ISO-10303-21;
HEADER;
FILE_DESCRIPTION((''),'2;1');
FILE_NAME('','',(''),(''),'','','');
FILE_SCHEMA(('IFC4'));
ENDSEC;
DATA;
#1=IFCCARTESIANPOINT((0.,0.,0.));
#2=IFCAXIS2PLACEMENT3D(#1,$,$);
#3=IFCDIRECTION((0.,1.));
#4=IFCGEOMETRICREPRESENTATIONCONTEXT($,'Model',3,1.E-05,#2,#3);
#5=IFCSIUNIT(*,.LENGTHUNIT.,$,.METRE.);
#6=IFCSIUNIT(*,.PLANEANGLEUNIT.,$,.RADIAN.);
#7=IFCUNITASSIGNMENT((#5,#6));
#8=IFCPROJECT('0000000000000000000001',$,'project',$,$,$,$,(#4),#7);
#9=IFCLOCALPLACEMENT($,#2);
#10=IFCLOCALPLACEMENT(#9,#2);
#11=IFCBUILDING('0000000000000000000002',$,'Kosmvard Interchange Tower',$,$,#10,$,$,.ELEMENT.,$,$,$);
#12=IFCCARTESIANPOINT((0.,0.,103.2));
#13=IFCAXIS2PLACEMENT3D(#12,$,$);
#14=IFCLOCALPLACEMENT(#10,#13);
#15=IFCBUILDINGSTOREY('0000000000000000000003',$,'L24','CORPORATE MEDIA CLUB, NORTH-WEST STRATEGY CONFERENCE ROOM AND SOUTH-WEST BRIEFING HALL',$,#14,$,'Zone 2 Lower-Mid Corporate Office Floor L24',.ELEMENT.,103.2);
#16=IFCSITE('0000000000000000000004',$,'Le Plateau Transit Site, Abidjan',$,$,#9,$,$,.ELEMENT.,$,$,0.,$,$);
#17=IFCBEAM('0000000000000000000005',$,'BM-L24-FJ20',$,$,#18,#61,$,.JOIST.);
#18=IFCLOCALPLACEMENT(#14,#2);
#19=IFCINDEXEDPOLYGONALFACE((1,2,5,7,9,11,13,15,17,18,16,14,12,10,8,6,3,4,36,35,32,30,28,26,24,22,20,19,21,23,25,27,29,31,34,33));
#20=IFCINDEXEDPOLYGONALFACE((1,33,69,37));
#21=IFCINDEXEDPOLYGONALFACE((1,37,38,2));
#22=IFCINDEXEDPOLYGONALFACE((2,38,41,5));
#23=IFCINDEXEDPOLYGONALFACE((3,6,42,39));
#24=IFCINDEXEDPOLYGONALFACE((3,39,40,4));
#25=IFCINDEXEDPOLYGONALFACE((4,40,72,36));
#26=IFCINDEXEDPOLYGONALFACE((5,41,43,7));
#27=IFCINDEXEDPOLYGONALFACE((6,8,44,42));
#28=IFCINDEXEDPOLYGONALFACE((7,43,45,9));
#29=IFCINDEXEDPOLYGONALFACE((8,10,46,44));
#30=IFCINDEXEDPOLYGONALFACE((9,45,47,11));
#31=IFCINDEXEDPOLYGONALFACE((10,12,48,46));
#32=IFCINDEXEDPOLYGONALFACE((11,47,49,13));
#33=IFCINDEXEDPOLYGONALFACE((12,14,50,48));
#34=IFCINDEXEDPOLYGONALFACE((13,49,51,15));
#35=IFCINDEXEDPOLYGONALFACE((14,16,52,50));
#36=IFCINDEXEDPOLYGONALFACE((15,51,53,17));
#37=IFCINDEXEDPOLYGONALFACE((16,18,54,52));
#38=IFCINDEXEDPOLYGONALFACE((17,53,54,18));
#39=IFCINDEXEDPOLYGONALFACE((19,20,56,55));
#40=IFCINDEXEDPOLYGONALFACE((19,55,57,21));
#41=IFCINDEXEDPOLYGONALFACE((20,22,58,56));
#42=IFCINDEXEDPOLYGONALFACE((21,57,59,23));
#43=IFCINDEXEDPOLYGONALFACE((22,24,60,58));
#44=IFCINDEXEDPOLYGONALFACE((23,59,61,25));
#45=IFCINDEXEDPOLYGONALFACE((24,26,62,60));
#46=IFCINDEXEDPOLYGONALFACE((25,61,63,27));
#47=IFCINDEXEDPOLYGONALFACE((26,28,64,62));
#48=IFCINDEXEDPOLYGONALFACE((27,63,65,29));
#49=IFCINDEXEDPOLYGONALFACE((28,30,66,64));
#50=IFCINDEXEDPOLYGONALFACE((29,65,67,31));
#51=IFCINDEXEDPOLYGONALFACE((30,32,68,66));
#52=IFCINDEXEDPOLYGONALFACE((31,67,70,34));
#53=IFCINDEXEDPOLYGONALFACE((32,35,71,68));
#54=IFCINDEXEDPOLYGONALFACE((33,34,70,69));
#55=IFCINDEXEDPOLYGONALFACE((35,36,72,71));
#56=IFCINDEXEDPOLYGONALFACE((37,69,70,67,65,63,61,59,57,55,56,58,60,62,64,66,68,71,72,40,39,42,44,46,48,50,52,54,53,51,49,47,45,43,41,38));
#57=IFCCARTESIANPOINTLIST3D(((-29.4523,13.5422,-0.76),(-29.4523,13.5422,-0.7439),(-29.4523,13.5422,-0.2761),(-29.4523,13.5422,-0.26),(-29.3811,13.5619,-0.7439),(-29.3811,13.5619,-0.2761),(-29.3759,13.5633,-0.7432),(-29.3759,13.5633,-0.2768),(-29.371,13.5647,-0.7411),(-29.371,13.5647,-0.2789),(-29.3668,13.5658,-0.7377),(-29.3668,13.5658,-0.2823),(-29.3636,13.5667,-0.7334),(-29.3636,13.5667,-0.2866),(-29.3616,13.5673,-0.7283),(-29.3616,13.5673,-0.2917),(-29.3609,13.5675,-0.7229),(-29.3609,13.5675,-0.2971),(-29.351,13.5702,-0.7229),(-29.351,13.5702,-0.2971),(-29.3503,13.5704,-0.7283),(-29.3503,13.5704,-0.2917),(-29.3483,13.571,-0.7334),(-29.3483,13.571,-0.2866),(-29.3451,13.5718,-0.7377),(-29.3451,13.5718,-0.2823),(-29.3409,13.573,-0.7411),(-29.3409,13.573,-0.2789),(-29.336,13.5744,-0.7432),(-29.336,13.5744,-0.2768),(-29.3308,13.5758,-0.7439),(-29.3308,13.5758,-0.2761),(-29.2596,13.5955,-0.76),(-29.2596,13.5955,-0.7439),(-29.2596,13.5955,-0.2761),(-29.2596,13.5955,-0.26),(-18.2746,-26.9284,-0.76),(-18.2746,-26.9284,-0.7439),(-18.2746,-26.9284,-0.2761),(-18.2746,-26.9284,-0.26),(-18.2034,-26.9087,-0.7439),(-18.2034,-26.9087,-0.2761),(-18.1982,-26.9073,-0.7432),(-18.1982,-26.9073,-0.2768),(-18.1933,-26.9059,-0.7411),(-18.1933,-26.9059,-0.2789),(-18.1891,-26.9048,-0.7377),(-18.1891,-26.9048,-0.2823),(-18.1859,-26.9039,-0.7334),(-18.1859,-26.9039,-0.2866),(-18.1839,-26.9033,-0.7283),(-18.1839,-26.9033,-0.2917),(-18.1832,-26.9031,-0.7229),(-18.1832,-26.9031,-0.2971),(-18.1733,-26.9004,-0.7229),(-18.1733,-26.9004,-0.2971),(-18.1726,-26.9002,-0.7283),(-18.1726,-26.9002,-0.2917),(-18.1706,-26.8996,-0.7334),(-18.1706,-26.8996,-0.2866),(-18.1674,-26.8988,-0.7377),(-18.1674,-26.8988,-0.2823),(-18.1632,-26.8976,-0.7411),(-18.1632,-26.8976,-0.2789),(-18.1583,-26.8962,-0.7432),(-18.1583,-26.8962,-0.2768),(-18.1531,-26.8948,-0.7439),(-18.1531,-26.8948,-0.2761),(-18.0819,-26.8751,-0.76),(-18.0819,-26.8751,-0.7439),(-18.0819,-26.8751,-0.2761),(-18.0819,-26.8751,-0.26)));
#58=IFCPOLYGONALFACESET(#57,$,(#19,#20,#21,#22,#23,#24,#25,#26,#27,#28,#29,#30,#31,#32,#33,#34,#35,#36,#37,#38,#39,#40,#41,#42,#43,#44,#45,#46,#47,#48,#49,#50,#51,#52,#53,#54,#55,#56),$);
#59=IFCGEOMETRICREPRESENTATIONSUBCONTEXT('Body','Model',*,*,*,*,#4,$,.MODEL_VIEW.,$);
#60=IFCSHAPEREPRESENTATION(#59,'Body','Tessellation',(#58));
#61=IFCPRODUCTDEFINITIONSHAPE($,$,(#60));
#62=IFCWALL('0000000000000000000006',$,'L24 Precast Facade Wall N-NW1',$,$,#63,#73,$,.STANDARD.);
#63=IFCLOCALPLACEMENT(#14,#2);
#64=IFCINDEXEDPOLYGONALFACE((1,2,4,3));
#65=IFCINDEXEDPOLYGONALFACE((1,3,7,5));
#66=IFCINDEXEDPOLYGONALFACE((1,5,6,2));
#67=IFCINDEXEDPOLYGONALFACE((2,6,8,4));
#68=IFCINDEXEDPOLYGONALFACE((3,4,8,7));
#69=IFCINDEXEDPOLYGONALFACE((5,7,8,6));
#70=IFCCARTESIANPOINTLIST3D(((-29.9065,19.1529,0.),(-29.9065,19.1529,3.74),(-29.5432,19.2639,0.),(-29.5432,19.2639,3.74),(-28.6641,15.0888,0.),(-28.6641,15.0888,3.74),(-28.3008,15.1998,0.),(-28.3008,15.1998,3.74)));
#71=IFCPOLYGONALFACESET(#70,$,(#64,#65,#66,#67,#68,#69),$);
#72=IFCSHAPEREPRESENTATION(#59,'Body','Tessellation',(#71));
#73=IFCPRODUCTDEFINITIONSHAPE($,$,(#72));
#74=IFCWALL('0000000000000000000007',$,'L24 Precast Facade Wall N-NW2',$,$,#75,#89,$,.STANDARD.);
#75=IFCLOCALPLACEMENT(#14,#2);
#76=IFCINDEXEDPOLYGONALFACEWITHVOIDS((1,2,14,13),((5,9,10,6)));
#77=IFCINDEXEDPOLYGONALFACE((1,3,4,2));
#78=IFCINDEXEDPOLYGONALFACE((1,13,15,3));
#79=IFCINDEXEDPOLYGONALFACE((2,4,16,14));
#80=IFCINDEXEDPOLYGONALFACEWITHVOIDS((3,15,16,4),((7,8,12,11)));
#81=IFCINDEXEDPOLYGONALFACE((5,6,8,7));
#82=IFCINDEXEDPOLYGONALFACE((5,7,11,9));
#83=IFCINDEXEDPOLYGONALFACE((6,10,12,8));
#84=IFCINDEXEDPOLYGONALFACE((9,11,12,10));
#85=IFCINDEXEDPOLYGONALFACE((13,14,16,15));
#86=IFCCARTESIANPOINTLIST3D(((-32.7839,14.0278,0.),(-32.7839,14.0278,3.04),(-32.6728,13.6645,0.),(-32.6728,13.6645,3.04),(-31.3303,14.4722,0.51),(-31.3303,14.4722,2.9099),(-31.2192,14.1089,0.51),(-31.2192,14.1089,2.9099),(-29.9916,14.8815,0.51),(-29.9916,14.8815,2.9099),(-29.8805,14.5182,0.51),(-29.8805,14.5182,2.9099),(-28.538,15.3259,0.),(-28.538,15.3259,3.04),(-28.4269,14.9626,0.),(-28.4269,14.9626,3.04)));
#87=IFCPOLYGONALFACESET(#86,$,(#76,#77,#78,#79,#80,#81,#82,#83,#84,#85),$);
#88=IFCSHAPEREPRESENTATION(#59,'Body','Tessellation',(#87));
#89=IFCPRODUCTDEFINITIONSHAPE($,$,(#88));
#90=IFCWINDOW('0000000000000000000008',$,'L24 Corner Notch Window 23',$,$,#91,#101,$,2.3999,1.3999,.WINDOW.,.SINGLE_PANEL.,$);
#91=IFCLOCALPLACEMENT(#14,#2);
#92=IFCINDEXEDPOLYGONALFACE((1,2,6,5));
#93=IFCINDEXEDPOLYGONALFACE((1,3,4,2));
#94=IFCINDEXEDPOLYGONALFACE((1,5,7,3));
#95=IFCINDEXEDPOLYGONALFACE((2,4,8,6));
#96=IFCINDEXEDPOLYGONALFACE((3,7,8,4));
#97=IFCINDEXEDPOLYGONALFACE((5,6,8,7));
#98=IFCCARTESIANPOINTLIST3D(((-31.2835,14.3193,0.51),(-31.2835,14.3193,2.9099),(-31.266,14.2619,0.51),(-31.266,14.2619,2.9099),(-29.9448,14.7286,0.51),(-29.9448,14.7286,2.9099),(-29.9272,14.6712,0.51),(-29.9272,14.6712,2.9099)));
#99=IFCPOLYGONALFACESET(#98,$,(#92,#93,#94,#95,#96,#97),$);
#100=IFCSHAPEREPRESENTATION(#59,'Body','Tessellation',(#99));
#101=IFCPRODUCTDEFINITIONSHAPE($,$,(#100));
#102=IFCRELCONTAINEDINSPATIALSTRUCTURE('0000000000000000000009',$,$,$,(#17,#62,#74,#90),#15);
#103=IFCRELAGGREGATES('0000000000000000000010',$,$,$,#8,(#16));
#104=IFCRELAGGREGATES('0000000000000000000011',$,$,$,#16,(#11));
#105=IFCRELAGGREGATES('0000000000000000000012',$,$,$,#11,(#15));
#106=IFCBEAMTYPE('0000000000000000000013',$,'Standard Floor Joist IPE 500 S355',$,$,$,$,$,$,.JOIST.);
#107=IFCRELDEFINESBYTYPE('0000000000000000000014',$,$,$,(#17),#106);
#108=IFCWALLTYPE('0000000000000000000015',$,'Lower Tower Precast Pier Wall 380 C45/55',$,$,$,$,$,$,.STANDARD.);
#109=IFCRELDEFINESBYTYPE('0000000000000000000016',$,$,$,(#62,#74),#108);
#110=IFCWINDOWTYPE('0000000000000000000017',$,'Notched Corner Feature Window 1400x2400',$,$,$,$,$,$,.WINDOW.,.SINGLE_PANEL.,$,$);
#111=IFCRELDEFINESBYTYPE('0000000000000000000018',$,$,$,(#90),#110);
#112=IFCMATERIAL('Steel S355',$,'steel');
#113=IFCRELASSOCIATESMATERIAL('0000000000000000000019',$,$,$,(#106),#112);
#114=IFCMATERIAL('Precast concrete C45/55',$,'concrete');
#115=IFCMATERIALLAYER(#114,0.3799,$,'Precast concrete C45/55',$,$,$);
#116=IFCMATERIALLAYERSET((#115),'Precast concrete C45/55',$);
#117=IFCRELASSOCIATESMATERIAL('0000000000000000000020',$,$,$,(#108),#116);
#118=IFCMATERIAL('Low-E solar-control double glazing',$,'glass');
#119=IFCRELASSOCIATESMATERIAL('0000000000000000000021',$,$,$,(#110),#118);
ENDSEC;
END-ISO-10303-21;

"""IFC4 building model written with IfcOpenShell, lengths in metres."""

from ifc_helpers import new_model, si_unit, direction, frame, frame_2d, origin, origin_2d, place, context, subcontext, project, spatial, rectangle, i_section, extrude, source, transform, mapped, material, layer, layer_set, material_profile, profile_set, type_object, element, fill, save


model = new_model("IFC4")

# Units and contexts
model_context = context("Model", 3, precision=1e-05, world=origin(), true_north=direction((0.0, 1.0)))
body_context = subcontext(model_context, "Body", "Model", "MODEL_VIEW")
ifc_project = project(units=[si_unit("LENGTHUNIT", "METRE"), si_unit("PLANEANGLEUNIT", "RADIAN")], contexts=[model_context])

# Site, building, storey
site_placement = place(None, origin())
site = spatial("IfcSite", under=ifc_project, at=site_placement, Name="Le Plateau Transit Site, Abidjan", CompositionType="ELEMENT", RefElevation=0.0)
building_placement = place(site_placement, origin())
building = spatial("IfcBuilding", under=site, at=building_placement, Name="Kosmvard Interchange Tower", CompositionType="ELEMENT")
storey_placement = place(building_placement, frame((0.0, 0.0, 103.2)))
storey = spatial("IfcBuildingStorey", under=building, at=storey_placement, Name="L24", Description="CORPORATE MEDIA CLUB, NORTH-WEST STRATEGY CONFERENCE ROOM AND SOUTH-WEST BRIEFING HALL", LongName="Zone 2 Lower-Mid Corporate Office Floor L24", CompositionType="ELEMENT", Elevation=103.2)

# Beam
ifc_material_1 = material(Name="Steel S355", Category="steel")
ifc_material_2 = material(Name="Precast concrete C45/55", Category="concrete")
ifc_material_profile_1 = material_profile(ifc_material_1, i_section(OverallWidth=0.2, OverallDepth=0.5, WebThickness=0.0103, FlangeThickness=0.0161, FilletRadius=0.021, at=origin_2d()), Name="IPE 500")
ifc_profile_set_1 = profile_set([ifc_material_profile_1], Name="Steel S355")
beam_type_1 = type_object("IfcBeamType", Name="Standard Floor Joist IPE 500 S355", PredefinedType="JOIST", material=ifc_profile_set_1)
shared_shape_1 = source(origin(), body_context, "Body", "SweptSolid", [
    extrude(i_section(OverallWidth=0.2, OverallDepth=0.5, WebThickness=0.0103, FlangeThickness=0.0161, FilletRadius=0.021, at=origin_2d()), origin(), (0.0, 0.0, 1.0), 41.9858),
])
beam_1_placement = place(storey_placement, frame((-29.356, 13.5688, -0.51), z_axis=(0.266226, -0.963911, 0.0), x_axis=(0.963911, 0.266226, 0.0)))
element("IfcBeam", 1, at=beam_1_placement, inside=storey, type_object=beam_type_1, Name="BM-L24-FJ20", PredefinedType="JOIST", context=body_context, shape_type="MappedRepresentation", body=[
    mapped(shared_shape_1, transform((0.0, 0.0, 0.0), scale=1.0)),
])

# Wall
ifc_layer_1 = layer(ifc_material_2, 0.3799, Name="Precast concrete C45/55")
ifc_layer_set_1 = layer_set([ifc_layer_1], Name="Precast concrete C45/55")
wall_type = type_object("IfcWallType", Name="Lower Tower Precast Pier Wall 380 C45/55", PredefinedType="STANDARD", material=ifc_layer_set_1)
wall_1_placement = place(storey_placement, frame((-29.7249, 19.2085, 0.0), z_axis=(0.0, 0.0, 1.0), x_axis=(0.292346, -0.956313, 0.0)))
element("IfcWall", 2, at=wall_1_placement, inside=storey, type_object=wall_type, Name="L24 Precast Facade Wall N-NW1", PredefinedType="STANDARD", context=body_context, shape_type="SweptSolid", body=[
    extrude(rectangle(XDim=4.2498, YDim=0.3799, at=frame_2d((2.125, 0.0))), origin(), (0.0, 0.0, 1.0), 3.74),
])

# Wall, opening, window
wall_2_placement = place(storey_placement, frame((-28.4824, 15.1443, 0.0), z_axis=(0.0, 0.0, 1.0), x_axis=(-0.956304, -0.292374, 0.0)))
wall_2 = element("IfcWall", 3, at=wall_2_placement, inside=storey, type_object=wall_type, Name="L24 Precast Facade Wall N-NW2", PredefinedType="STANDARD", context=body_context, shape_type="SweptSolid", body=[
    extrude(rectangle(XDim=4.4399, YDim=0.3799, at=frame_2d((2.22, 0.0))), origin(), (0.0, 0.0, 1.0), 3.04),
])
opening_1_placement = place(wall_2_placement, frame((1.52, 0.0, 0.51)))
opening_1 = element("IfcOpeningElement", 4, at=opening_1_placement, cuts=wall_2, PredefinedType="OPENING", context=body_context, shape_type="SweptSolid", body=[
    extrude(rectangle(XDim=1.3999, YDim=2.3999, at=frame_2d((0.7, 1.2))), frame((0.0, 0.2, 0.0), z_axis=(0.0, -1.0, 0.0), x_axis=(1.0, 0.0, 0.0)), (0.0, 0.0, 1.0), 0.3999),
])
ifc_material_3 = material(Name="Low-E solar-control double glazing", Category="glass")
window_type_1 = type_object("IfcWindowType", Name="Notched Corner Feature Window 1400x2400", PartitioningType="SINGLE_PANEL", PredefinedType="WINDOW", material=ifc_material_3)
shared_shape_2 = source(origin(), body_context, "Body", "SweptSolid", [
    extrude(rectangle(XDim=1.3999, YDim=2.3999, at=frame_2d((0.7, 1.2))), frame((0.0, 0.03, 0.0), z_axis=(0.0, -1.0, 0.0), x_axis=(1.0, 0.0, 0.0)), (0.0, 0.0, 1.0), 0.0601),
])
window_1_placement = place(opening_1_placement, origin())
window_1 = element("IfcWindow", 5, at=window_1_placement, inside=storey, type_object=window_type_1, Name="L24 Corner Notch Window 23", OverallHeight=2.3999, OverallWidth=1.3999, PartitioningType="SINGLE_PANEL", PredefinedType="WINDOW", context=body_context, shape_type="MappedRepresentation", body=[
    mapped(shared_shape_2, transform((0.0, 0.0, 0.0), scale=1.0)),
])
fill(opening_1, window_1)

save(model, "model.ifc")
